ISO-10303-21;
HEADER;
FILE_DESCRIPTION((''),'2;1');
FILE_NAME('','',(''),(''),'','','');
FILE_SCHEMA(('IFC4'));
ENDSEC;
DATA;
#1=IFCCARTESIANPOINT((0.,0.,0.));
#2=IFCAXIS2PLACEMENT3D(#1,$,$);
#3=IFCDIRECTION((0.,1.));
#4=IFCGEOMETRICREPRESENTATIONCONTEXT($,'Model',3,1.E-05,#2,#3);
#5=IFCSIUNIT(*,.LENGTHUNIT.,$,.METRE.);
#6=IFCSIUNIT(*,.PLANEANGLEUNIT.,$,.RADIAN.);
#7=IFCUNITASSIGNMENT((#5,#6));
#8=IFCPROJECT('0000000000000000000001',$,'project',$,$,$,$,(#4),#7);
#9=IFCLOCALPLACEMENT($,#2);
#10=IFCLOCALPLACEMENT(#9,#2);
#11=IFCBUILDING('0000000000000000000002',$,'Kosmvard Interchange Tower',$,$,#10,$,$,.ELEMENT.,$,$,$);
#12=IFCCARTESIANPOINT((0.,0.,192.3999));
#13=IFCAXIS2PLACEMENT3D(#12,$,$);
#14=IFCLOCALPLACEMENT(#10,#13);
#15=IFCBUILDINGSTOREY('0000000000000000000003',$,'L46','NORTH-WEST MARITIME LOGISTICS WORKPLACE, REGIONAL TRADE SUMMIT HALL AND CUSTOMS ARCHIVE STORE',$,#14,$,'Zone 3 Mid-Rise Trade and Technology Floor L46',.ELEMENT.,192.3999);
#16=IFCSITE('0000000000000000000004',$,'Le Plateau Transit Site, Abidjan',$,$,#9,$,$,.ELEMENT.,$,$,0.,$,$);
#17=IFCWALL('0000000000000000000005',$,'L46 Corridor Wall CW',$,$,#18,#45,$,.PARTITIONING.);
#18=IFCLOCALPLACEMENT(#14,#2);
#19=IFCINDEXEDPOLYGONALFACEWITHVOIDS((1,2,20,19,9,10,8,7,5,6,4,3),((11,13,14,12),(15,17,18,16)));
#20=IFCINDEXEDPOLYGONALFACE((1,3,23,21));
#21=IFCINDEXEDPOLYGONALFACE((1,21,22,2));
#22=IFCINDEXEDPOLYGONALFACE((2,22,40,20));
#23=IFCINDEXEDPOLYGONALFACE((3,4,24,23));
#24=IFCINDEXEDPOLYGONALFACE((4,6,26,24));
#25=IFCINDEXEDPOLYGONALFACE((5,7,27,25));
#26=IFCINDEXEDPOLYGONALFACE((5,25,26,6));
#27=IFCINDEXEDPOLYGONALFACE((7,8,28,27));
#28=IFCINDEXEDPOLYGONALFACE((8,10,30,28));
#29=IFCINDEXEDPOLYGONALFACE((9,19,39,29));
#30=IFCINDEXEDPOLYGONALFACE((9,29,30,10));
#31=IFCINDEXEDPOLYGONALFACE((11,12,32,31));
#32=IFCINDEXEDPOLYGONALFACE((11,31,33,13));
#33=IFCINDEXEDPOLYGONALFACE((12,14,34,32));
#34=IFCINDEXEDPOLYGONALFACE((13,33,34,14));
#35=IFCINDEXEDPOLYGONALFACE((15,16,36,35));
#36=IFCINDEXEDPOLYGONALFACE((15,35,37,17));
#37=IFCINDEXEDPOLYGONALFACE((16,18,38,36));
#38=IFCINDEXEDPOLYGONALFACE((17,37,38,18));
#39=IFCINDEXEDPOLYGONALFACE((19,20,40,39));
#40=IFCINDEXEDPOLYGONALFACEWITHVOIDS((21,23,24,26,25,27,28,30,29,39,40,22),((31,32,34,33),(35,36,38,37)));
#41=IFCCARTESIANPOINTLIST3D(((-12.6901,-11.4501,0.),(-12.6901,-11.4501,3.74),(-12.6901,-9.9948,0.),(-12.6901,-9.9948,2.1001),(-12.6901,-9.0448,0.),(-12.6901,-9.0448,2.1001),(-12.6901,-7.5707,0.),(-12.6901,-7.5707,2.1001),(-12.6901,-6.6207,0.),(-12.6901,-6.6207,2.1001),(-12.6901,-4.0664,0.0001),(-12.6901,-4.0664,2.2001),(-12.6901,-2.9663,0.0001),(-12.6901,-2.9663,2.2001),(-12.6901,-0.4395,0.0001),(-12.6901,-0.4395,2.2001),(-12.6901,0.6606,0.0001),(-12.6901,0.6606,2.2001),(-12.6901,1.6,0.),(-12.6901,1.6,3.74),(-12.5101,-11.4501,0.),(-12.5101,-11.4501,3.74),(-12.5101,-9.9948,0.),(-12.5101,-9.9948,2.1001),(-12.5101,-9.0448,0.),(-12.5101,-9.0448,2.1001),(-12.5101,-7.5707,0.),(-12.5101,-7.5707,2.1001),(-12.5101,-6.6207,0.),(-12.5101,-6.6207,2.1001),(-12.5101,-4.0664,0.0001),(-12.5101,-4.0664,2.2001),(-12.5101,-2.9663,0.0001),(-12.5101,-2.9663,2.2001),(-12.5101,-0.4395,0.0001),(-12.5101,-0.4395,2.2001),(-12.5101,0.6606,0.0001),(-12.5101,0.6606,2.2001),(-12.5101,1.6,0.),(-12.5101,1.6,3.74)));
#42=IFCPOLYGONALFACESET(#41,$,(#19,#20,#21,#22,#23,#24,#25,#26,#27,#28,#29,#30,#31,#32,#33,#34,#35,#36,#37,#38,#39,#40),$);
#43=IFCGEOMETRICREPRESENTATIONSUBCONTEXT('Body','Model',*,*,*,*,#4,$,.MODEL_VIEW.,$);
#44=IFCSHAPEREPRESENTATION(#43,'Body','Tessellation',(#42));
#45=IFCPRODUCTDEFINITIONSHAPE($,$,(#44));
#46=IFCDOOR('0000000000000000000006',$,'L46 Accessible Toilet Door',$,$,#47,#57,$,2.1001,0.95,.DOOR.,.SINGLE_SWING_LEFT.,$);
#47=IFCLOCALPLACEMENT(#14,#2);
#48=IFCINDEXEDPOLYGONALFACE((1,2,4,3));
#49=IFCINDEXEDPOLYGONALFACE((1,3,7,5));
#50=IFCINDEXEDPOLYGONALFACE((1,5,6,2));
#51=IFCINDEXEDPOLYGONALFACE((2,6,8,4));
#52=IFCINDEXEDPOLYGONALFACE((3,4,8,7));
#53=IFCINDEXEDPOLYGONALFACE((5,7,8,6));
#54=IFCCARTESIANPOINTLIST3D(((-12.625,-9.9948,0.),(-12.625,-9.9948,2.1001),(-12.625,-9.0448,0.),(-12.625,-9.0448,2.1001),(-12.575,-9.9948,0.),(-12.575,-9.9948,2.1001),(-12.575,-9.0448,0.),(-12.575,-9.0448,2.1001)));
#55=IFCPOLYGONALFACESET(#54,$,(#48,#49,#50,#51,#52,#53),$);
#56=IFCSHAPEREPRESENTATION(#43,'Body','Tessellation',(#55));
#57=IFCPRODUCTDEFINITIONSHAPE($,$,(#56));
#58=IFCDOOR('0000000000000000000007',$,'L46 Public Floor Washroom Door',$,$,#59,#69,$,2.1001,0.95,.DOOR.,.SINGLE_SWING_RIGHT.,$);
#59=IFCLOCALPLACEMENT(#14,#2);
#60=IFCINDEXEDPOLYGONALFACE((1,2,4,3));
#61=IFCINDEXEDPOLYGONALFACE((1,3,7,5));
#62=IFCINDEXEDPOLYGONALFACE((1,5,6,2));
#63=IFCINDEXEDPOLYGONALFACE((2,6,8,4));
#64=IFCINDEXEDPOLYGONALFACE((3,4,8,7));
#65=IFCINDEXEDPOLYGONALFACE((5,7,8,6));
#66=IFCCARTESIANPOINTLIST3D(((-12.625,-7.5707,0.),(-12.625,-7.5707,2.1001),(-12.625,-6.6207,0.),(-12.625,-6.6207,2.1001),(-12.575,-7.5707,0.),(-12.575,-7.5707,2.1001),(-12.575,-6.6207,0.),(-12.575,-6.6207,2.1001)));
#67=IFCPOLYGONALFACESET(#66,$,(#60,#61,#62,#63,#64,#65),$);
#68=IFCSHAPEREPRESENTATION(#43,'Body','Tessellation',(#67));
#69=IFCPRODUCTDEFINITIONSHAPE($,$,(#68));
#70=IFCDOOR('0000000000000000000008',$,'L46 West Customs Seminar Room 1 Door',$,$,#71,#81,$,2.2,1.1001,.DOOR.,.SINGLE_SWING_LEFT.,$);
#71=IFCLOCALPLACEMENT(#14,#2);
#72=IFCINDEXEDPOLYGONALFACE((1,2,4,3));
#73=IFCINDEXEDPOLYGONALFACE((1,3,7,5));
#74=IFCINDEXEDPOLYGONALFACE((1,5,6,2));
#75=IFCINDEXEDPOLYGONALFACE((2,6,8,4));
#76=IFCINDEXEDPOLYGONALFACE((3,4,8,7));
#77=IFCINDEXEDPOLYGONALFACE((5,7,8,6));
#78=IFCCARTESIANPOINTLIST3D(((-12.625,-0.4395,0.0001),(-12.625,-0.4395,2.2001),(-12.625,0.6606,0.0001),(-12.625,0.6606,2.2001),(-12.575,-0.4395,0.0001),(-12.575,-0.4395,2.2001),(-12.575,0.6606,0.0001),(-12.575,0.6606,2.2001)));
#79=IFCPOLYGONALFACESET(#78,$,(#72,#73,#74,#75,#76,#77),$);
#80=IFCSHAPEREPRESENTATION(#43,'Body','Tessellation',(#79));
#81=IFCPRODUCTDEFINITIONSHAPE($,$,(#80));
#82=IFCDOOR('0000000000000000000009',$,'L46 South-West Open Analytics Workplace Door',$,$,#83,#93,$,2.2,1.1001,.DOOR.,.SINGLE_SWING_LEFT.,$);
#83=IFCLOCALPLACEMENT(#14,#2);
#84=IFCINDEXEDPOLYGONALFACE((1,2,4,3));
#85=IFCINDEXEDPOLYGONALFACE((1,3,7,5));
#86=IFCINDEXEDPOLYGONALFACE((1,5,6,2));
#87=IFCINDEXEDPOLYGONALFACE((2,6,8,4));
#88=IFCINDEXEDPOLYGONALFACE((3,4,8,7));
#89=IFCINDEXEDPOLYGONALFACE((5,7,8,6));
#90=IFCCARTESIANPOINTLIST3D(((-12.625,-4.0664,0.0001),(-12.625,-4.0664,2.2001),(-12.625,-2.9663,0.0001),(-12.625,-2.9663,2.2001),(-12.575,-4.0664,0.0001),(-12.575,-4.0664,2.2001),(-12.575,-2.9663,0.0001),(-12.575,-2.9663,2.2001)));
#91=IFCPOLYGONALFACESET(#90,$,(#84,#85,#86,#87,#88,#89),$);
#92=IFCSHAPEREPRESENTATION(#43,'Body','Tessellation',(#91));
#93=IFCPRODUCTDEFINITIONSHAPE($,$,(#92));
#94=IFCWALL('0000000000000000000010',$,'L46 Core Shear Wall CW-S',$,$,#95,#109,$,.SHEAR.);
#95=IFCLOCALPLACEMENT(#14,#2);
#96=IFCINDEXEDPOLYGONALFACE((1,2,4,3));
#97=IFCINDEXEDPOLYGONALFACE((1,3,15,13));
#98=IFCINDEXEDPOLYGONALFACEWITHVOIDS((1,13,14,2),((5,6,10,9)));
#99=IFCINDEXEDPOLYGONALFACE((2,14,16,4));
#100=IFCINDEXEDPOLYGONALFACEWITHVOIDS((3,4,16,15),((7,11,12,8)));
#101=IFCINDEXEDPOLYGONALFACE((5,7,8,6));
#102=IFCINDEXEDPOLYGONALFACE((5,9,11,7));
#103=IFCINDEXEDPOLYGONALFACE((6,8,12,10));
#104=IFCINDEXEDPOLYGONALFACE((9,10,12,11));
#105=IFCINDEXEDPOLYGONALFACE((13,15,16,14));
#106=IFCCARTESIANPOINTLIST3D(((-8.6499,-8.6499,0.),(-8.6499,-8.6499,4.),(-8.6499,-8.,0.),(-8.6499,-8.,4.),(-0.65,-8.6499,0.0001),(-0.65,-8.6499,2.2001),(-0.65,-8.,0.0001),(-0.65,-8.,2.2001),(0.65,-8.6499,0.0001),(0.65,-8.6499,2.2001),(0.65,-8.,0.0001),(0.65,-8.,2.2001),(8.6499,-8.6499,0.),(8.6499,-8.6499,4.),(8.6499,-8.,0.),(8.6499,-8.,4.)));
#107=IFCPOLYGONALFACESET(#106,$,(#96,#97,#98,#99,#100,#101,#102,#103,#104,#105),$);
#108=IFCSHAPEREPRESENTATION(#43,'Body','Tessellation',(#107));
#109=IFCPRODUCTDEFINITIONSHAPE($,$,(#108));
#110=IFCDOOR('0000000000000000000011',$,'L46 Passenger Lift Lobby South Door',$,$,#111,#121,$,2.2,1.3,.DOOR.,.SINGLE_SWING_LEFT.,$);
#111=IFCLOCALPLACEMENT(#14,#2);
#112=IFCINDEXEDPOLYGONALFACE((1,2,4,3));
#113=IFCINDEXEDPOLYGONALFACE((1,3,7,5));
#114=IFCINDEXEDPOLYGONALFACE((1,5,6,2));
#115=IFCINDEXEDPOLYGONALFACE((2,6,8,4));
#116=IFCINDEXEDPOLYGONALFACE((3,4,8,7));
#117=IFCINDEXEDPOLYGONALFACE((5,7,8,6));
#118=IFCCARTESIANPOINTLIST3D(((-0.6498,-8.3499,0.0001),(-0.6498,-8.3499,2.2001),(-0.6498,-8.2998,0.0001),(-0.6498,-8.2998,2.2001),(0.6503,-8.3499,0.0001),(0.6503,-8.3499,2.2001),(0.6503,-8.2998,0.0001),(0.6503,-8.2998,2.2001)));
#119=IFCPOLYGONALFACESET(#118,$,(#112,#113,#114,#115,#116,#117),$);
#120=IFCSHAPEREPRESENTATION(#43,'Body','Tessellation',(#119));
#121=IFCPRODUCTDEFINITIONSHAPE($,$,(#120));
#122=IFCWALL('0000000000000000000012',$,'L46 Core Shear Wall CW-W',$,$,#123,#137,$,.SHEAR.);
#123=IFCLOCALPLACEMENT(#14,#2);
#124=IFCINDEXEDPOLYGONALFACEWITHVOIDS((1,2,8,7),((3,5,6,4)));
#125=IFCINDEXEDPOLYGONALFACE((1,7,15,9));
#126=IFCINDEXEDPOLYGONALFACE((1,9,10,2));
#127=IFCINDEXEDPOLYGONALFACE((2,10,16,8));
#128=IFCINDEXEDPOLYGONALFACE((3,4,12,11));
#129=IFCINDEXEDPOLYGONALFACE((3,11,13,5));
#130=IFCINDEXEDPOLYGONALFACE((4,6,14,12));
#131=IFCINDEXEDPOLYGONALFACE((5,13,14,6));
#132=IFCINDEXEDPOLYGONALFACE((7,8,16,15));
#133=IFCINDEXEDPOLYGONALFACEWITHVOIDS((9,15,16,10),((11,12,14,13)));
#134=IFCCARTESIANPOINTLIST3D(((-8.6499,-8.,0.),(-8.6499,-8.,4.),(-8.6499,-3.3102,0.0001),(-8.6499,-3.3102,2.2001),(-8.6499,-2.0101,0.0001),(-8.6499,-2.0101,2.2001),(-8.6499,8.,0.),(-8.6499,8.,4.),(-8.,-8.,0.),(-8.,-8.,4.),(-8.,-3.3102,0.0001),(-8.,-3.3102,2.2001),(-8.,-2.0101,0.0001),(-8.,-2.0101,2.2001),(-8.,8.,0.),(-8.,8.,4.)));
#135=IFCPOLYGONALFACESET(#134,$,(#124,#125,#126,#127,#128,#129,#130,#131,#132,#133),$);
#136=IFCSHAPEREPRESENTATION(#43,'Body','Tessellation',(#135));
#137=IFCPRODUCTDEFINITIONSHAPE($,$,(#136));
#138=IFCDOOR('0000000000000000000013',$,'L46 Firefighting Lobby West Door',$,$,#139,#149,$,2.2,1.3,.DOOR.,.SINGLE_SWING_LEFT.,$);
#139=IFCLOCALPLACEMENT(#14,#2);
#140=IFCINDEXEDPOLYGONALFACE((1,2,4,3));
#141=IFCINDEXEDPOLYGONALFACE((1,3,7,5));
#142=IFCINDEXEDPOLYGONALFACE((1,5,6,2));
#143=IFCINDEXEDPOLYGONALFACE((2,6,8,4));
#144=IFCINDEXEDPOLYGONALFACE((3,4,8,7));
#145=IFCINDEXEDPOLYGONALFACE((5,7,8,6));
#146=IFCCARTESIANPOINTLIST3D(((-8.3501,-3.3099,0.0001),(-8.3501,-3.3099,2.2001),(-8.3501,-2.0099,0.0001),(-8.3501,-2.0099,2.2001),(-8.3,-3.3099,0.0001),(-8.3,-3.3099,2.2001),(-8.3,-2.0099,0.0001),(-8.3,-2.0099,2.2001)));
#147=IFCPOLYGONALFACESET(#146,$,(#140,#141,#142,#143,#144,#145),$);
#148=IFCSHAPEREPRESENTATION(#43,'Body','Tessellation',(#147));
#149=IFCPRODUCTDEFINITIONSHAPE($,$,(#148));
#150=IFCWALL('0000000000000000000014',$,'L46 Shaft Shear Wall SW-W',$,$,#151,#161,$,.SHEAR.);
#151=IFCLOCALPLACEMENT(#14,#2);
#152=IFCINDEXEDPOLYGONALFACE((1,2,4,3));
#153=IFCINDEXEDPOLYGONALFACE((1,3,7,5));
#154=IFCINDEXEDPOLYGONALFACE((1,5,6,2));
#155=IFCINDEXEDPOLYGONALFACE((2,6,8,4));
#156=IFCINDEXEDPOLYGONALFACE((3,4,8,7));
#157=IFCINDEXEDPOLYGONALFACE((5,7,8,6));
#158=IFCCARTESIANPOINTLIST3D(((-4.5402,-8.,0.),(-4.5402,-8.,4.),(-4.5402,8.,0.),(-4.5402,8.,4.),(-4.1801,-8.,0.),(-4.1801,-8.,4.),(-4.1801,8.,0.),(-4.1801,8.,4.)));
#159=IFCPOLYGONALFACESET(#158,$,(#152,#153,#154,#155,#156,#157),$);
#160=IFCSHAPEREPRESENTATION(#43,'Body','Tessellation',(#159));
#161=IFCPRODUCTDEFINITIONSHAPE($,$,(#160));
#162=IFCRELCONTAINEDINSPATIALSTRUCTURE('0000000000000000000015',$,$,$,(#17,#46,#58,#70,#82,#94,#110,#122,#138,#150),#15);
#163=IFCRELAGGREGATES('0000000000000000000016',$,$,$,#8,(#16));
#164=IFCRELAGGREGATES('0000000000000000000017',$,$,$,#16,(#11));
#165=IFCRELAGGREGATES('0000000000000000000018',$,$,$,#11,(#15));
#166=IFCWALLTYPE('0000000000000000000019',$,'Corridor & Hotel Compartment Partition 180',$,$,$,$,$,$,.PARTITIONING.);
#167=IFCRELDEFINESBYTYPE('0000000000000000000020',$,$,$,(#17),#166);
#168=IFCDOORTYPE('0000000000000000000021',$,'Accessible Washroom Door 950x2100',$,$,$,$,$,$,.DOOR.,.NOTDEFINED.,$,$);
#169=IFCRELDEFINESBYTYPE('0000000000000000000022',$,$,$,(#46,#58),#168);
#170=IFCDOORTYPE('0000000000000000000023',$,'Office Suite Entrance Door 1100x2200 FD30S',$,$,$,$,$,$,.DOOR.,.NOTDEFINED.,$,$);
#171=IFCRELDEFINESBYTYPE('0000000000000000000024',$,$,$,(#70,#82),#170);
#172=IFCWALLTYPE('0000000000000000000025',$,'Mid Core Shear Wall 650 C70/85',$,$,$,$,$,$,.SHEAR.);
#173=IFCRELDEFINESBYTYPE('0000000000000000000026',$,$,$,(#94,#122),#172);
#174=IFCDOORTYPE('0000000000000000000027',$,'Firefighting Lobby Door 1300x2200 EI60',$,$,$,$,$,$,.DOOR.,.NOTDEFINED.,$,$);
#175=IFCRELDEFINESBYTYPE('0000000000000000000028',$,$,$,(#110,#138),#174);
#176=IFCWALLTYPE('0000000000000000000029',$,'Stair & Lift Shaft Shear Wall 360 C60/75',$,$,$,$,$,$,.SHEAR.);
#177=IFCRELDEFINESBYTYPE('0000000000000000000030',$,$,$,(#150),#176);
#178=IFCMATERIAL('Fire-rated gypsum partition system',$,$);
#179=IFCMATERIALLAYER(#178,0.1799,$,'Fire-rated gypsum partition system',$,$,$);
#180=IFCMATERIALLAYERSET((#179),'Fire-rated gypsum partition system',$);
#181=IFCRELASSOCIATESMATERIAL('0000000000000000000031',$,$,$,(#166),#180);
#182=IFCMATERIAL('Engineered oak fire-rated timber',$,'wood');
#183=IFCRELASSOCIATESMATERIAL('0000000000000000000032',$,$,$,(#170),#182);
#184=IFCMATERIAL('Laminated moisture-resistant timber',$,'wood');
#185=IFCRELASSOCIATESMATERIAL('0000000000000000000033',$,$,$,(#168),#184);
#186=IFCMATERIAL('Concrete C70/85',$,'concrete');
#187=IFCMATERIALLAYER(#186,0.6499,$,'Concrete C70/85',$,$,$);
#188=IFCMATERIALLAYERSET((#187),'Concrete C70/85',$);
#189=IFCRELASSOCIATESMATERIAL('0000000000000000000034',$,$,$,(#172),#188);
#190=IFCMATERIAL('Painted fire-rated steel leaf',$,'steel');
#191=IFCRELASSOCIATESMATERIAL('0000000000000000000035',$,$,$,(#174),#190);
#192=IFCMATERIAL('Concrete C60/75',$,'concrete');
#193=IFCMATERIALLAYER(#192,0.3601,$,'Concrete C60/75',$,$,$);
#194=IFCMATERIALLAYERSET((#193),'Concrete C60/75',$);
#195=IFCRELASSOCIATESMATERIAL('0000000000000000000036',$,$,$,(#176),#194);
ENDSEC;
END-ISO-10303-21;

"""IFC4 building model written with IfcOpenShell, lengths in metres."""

from ifc_helpers import new_model, si_unit, direction, frame, frame_2d, origin, place, context, subcontext, project, spatial, rectangle, extrude, source, transform, mapped, material, layer, layer_set, type_object, element, fill, save


model = new_model("IFC4")

# Units and contexts
model_context = context("Model", 3, precision=1e-05, world=origin(), true_north=direction((0.0, 1.0)))
body_context = subcontext(model_context, "Body", "Model", "MODEL_VIEW")
ifc_project = project(units=[si_unit("LENGTHUNIT", "METRE"), si_unit("PLANEANGLEUNIT", "RADIAN")], contexts=[model_context])

# Site, building, storey
site_placement = place(None, origin())
site = spatial("IfcSite", under=ifc_project, at=site_placement, Name="Le Plateau Transit Site, Abidjan", CompositionType="ELEMENT", RefElevation=0.0)
building_placement = place(site_placement, origin())
building = spatial("IfcBuilding", under=site, at=building_placement, Name="Kosmvard Interchange Tower", CompositionType="ELEMENT")
storey_placement = place(building_placement, frame((0.0, 0.0, 192.3999)))
storey = spatial("IfcBuildingStorey", under=building, at=storey_placement, Name="L46", Description="NORTH-WEST MARITIME LOGISTICS WORKPLACE, REGIONAL TRADE SUMMIT HALL AND CUSTOMS ARCHIVE STORE", LongName="Zone 3 Mid-Rise Trade and Technology Floor L46", CompositionType="ELEMENT", Elevation=192.3999)

# Shared definitions
ifc_material_1 = material(Name="Concrete C60/75", Category="concrete")

# Shared definitions
ifc_material_2 = material(Name="Fire-rated gypsum partition system")

# Wall, openings, doors
ifc_layer_1 = layer(ifc_material_2, 0.1799, Name="Fire-rated gypsum partition system")
ifc_layer_set_1 = layer_set([ifc_layer_1], Name="Fire-rated gypsum partition system")
wall_type_1 = type_object("IfcWallType", Name="Corridor & Hotel Compartment Partition 180", PredefinedType="PARTITIONING", material=ifc_layer_set_1)
ifc_material_3 = material(Name="Painted fire-rated steel leaf", Category="steel")
shared_shape_1 = source(origin(), body_context, "Body", "SweptSolid", [
    extrude(rectangle(XDim=1.1001, YDim=2.2, at=frame_2d((0.55, 1.1001))), frame((0.0, 0.0249, 0.0), z_axis=(0.0, -1.0, 0.0), x_axis=(1.0, 0.0, 0.0)), (0.0, 0.0, 1.0), 0.05),
])
ifc_material_4 = material(Name="Engineered oak fire-rated timber", Category="wood")
door_type_1 = type_object("IfcDoorType", Name="Office Suite Entrance Door 1100x2200 FD30S", OperationType="NOTDEFINED", PredefinedType="DOOR", material=ifc_material_4)
wall_1_placement = place(storey_placement, frame((-12.6001, -11.45, 0.0), z_axis=(0.0, 0.0, 1.0), x_axis=(0.0, 1.0, 0.0)))
wall_1 = element("IfcWall", 1, at=wall_1_placement, inside=storey, type_object=wall_type_1, Name="L46 Corridor Wall CW", PredefinedType="PARTITIONING", context=body_context, shape_type="SweptSolid", body=[
    extrude(rectangle(XDim=13.05, YDim=0.1799, at=frame_2d((6.5249, 0.0))), origin(), (0.0, 0.0, 1.0), 3.74),
])
opening_1_placement = place(wall_1_placement, frame((1.4551, 0.0, 0.0)))
opening_1 = element("IfcOpeningElement", 2, at=opening_1_placement, cuts=wall_1, PredefinedType="OPENING", context=body_context, shape_type="SweptSolid", body=[
    extrude(rectangle(XDim=0.95, YDim=2.1001, at=frame_2d((0.4751, 1.05))), frame((0.0, 0.1001, 0.0), z_axis=(0.0, -1.0, 0.0), x_axis=(1.0, 0.0, 0.0)), (0.0, 0.0, 1.0), 0.2),
])
opening_2_placement = place(wall_1_placement, frame((3.8792, 0.0, 0.0)))
opening_2 = element("IfcOpeningElement", 3, at=opening_2_placement, cuts=wall_1, PredefinedType="OPENING", context=body_context, shape_type="SweptSolid", body=[
    extrude(rectangle(XDim=0.95, YDim=2.1001, at=frame_2d((0.4751, 1.05))), frame((0.0, 0.1001, 0.0), z_axis=(0.0, -1.0, 0.0), x_axis=(1.0, 0.0, 0.0)), (0.0, 0.0, 1.0), 0.2),
])
opening_3_placement = place(wall_1_placement, frame((11.0105, 0.0, 0.0)))
opening_3 = element("IfcOpeningElement", 4, at=opening_3_placement, cuts=wall_1, PredefinedType="OPENING", context=body_context, shape_type="SweptSolid", body=[
    extrude(rectangle(XDim=1.1001, YDim=2.2, at=frame_2d((0.55, 1.1001))), frame((0.0, 0.1001, 0.0), z_axis=(0.0, -1.0, 0.0), x_axis=(1.0, 0.0, 0.0)), (0.0, 0.0, 1.0), 0.2),
])
opening_4_placement = place(wall_1_placement, frame((7.3835, 0.0, 0.0)))
opening_4 = element("IfcOpeningElement", 5, at=opening_4_placement, cuts=wall_1, PredefinedType="OPENING", context=body_context, shape_type="SweptSolid", body=[
    extrude(rectangle(XDim=1.1001, YDim=2.2, at=frame_2d((0.55, 1.1001))), frame((0.0, 0.1001, 0.0), z_axis=(0.0, -1.0, 0.0), x_axis=(1.0, 0.0, 0.0)), (0.0, 0.0, 1.0), 0.2),
])
ifc_material_5 = material(Name="Laminated moisture-resistant timber", Category="wood")
door_type_2 = type_object("IfcDoorType", Name="Accessible Washroom Door 950x2100", OperationType="NOTDEFINED", PredefinedType="DOOR", material=ifc_material_5)
shared_shape_2 = source(origin(), body_context, "Body", "SweptSolid", [
    extrude(rectangle(XDim=0.95, YDim=2.1001, at=frame_2d((0.4751, 1.05))), frame((0.0, 0.0249, 0.0), z_axis=(0.0, -1.0, 0.0), x_axis=(1.0, 0.0, 0.0)), (0.0, 0.0, 1.0), 0.05),
])
door_1_placement = place(opening_1_placement, origin())
door_1 = element("IfcDoor", 6, at=door_1_placement, inside=storey, type_object=door_type_2, Name="L46 Accessible Toilet Door", OperationType="SINGLE_SWING_LEFT", OverallHeight=2.1001, OverallWidth=0.95, PredefinedType="DOOR", context=body_context, shape_type="MappedRepresentation", body=[
    mapped(shared_shape_2, transform((0.0, 0.0, 0.0), scale=1.0)),
])
fill(opening_1, door_1)
door_2_placement = place(opening_2_placement, origin())
door_2 = element("IfcDoor", 7, at=door_2_placement, inside=storey, type_object=door_type_2, Name="L46 Public Floor Washroom Door", OperationType="SINGLE_SWING_RIGHT", OverallHeight=2.1001, OverallWidth=0.95, PredefinedType="DOOR", context=body_context, shape_type="MappedRepresentation", body=[
    mapped(shared_shape_2, transform((0.0, 0.0, 0.0), scale=1.0)),
])
fill(opening_2, door_2)
door_3_placement = place(opening_3_placement, origin())
door_3 = element("IfcDoor", 8, at=door_3_placement, inside=storey, type_object=door_type_1, Name="L46 West Customs Seminar Room 1 Door", OperationType="SINGLE_SWING_LEFT", OverallHeight=2.2, OverallWidth=1.1001, PredefinedType="DOOR", context=body_context, shape_type="MappedRepresentation", body=[
    mapped(shared_shape_1, transform((0.0, 0.0, 0.0), scale=1.0)),
])
fill(opening_3, door_3)
door_4_placement = place(opening_4_placement, origin())
door_4 = element("IfcDoor", 9, at=door_4_placement, inside=storey, type_object=door_type_1, Name="L46 South-West Open Analytics Workplace Door", OperationType="SINGLE_SWING_LEFT", OverallHeight=2.2, OverallWidth=1.1001, PredefinedType="DOOR", context=body_context, shape_type="MappedRepresentation", body=[
    mapped(shared_shape_1, transform((0.0, 0.0, 0.0), scale=1.0)),
])
fill(opening_4, door_4)

# Walls, openings, doors
ifc_material_6 = material(Name="Concrete C70/85", Category="concrete")
ifc_layer_2 = layer(ifc_material_6, 0.6499, Name="Concrete C70/85")
ifc_layer_set_2 = layer_set([ifc_layer_2], Name="Concrete C70/85")
wall_type_2 = type_object("IfcWallType", Name="Mid Core Shear Wall 650 C70/85", PredefinedType="SHEAR", material=ifc_layer_set_2)
wall_2_placement = place(storey_placement, frame((-8.6499, -8.325, 0.0), z_axis=(0.0, 0.0, 1.0), x_axis=(1.0, 0.0, 0.0)))
wall_2 = element("IfcWall", 10, at=wall_2_placement, inside=storey, type_object=wall_type_2, Name="L46 Core Shear Wall CW-S", PredefinedType="SHEAR", context=body_context, shape_type="SweptSolid", body=[
    extrude(rectangle(XDim=17.2998, YDim=0.6499, at=frame_2d((8.6499, 0.0))), origin(), (0.0, 0.0, 1.0), 4.0),
])
opening_5_placement = place(wall_2_placement, frame((8.0, 0.0, 0.0)))
opening_5 = element("IfcOpeningElement", 11, at=opening_5_placement, cuts=wall_2, PredefinedType="OPENING", context=body_context, shape_type="SweptSolid", body=[
    extrude(rectangle(XDim=1.3, YDim=2.2, at=frame_2d((0.6499, 1.1001))), frame((0.0, 0.335, 0.0), z_axis=(0.0, -1.0, 0.0), x_axis=(1.0, 0.0, 0.0)), (0.0, 0.0, 1.0), 0.6699),
])
door_type_3 = type_object("IfcDoorType", Name="Firefighting Lobby Door 1300x2200 EI60", OperationType="NOTDEFINED", PredefinedType="DOOR", material=ifc_material_3)
shared_shape_3 = source(origin(), body_context, "Body", "SweptSolid", [
    extrude(rectangle(XDim=1.3, YDim=2.2, at=frame_2d((0.6499, 1.1001))), frame((0.0, 0.0249, 0.0), z_axis=(0.0, -1.0, 0.0), x_axis=(1.0, 0.0, 0.0)), (0.0, 0.0, 1.0), 0.05),
])
door_5_placement = place(opening_5_placement, frame((1.3, 0.0, 0.0), z_axis=(0.0, 0.0, 1.0), x_axis=(-1.0, 0.0, 0.0)))
door_5 = element("IfcDoor", 12, at=door_5_placement, inside=storey, type_object=door_type_3, Name="L46 Passenger Lift Lobby South Door", OperationType="SINGLE_SWING_LEFT", OverallHeight=2.2, OverallWidth=1.3, PredefinedType="DOOR", context=body_context, shape_type="MappedRepresentation", body=[
    mapped(shared_shape_3, transform((0.0, 0.0, 0.0), scale=1.0)),
])
fill(opening_5, door_5)
wall_3_placement = place(storey_placement, frame((-8.325, -8.0, 0.0), z_axis=(0.0, 0.0, 1.0), x_axis=(0.0, 1.0, 0.0)))
wall_3 = element("IfcWall", 13, at=wall_3_placement, inside=storey, type_object=wall_type_2, Name="L46 Core Shear Wall CW-W", PredefinedType="SHEAR", context=body_context, shape_type="SweptSolid", body=[
    extrude(rectangle(XDim=16.0, YDim=0.6499, at=frame_2d((8.0, 0.0))), origin(), (0.0, 0.0, 1.0), 4.0),
])
opening_6_placement = place(wall_3_placement, frame((4.6899, 0.0, 0.0)))
opening_6 = element("IfcOpeningElement", 14, at=opening_6_placement, cuts=wall_3, PredefinedType="OPENING", context=body_context, shape_type="SweptSolid", body=[
    extrude(rectangle(XDim=1.3, YDim=2.2, at=frame_2d((0.6499, 1.1001))), frame((0.0, 0.335, 0.0), z_axis=(0.0, -1.0, 0.0), x_axis=(1.0, 0.0, 0.0)), (0.0, 0.0, 1.0), 0.6699),
])
door_6_placement = place(opening_6_placement, frame((1.3, 0.0, 0.0), z_axis=(0.0, 0.0, 1.0), x_axis=(-1.0, 0.0, 0.0)))
door_6 = element("IfcDoor", 15, at=door_6_placement, inside=storey, type_object=door_type_3, Name="L46 Firefighting Lobby West Door", OperationType="SINGLE_SWING_LEFT", OverallHeight=2.2, OverallWidth=1.3, PredefinedType="DOOR", context=body_context, shape_type="MappedRepresentation", body=[
    mapped(shared_shape_3, transform((0.0, 0.0, 0.0), scale=1.0)),
])
fill(opening_6, door_6)

# Wall
ifc_layer_3 = layer(ifc_material_1, 0.3601, Name="Concrete C60/75")
ifc_layer_set_3 = layer_set([ifc_layer_3], Name="Concrete C60/75")
wall_type_3 = type_object("IfcWallType", Name="Stair & Lift Shaft Shear Wall 360 C60/75", PredefinedType="SHEAR", material=ifc_layer_set_3)
wall_4_placement = place(storey_placement, frame((-4.3601, -8.0, 0.0), z_axis=(0.0, 0.0, 1.0), x_axis=(0.0, 1.0, 0.0)))
element("IfcWall", 16, at=wall_4_placement, inside=storey, type_object=wall_type_3, Name="L46 Shaft Shear Wall SW-W", PredefinedType="SHEAR", context=body_context, shape_type="SweptSolid", body=[
    extrude(rectangle(XDim=16.0, YDim=0.3601, at=frame_2d((8.0, 0.0))), origin(), (0.0, 0.0, 1.0), 4.0),
])

save(model, "model.ifc")
